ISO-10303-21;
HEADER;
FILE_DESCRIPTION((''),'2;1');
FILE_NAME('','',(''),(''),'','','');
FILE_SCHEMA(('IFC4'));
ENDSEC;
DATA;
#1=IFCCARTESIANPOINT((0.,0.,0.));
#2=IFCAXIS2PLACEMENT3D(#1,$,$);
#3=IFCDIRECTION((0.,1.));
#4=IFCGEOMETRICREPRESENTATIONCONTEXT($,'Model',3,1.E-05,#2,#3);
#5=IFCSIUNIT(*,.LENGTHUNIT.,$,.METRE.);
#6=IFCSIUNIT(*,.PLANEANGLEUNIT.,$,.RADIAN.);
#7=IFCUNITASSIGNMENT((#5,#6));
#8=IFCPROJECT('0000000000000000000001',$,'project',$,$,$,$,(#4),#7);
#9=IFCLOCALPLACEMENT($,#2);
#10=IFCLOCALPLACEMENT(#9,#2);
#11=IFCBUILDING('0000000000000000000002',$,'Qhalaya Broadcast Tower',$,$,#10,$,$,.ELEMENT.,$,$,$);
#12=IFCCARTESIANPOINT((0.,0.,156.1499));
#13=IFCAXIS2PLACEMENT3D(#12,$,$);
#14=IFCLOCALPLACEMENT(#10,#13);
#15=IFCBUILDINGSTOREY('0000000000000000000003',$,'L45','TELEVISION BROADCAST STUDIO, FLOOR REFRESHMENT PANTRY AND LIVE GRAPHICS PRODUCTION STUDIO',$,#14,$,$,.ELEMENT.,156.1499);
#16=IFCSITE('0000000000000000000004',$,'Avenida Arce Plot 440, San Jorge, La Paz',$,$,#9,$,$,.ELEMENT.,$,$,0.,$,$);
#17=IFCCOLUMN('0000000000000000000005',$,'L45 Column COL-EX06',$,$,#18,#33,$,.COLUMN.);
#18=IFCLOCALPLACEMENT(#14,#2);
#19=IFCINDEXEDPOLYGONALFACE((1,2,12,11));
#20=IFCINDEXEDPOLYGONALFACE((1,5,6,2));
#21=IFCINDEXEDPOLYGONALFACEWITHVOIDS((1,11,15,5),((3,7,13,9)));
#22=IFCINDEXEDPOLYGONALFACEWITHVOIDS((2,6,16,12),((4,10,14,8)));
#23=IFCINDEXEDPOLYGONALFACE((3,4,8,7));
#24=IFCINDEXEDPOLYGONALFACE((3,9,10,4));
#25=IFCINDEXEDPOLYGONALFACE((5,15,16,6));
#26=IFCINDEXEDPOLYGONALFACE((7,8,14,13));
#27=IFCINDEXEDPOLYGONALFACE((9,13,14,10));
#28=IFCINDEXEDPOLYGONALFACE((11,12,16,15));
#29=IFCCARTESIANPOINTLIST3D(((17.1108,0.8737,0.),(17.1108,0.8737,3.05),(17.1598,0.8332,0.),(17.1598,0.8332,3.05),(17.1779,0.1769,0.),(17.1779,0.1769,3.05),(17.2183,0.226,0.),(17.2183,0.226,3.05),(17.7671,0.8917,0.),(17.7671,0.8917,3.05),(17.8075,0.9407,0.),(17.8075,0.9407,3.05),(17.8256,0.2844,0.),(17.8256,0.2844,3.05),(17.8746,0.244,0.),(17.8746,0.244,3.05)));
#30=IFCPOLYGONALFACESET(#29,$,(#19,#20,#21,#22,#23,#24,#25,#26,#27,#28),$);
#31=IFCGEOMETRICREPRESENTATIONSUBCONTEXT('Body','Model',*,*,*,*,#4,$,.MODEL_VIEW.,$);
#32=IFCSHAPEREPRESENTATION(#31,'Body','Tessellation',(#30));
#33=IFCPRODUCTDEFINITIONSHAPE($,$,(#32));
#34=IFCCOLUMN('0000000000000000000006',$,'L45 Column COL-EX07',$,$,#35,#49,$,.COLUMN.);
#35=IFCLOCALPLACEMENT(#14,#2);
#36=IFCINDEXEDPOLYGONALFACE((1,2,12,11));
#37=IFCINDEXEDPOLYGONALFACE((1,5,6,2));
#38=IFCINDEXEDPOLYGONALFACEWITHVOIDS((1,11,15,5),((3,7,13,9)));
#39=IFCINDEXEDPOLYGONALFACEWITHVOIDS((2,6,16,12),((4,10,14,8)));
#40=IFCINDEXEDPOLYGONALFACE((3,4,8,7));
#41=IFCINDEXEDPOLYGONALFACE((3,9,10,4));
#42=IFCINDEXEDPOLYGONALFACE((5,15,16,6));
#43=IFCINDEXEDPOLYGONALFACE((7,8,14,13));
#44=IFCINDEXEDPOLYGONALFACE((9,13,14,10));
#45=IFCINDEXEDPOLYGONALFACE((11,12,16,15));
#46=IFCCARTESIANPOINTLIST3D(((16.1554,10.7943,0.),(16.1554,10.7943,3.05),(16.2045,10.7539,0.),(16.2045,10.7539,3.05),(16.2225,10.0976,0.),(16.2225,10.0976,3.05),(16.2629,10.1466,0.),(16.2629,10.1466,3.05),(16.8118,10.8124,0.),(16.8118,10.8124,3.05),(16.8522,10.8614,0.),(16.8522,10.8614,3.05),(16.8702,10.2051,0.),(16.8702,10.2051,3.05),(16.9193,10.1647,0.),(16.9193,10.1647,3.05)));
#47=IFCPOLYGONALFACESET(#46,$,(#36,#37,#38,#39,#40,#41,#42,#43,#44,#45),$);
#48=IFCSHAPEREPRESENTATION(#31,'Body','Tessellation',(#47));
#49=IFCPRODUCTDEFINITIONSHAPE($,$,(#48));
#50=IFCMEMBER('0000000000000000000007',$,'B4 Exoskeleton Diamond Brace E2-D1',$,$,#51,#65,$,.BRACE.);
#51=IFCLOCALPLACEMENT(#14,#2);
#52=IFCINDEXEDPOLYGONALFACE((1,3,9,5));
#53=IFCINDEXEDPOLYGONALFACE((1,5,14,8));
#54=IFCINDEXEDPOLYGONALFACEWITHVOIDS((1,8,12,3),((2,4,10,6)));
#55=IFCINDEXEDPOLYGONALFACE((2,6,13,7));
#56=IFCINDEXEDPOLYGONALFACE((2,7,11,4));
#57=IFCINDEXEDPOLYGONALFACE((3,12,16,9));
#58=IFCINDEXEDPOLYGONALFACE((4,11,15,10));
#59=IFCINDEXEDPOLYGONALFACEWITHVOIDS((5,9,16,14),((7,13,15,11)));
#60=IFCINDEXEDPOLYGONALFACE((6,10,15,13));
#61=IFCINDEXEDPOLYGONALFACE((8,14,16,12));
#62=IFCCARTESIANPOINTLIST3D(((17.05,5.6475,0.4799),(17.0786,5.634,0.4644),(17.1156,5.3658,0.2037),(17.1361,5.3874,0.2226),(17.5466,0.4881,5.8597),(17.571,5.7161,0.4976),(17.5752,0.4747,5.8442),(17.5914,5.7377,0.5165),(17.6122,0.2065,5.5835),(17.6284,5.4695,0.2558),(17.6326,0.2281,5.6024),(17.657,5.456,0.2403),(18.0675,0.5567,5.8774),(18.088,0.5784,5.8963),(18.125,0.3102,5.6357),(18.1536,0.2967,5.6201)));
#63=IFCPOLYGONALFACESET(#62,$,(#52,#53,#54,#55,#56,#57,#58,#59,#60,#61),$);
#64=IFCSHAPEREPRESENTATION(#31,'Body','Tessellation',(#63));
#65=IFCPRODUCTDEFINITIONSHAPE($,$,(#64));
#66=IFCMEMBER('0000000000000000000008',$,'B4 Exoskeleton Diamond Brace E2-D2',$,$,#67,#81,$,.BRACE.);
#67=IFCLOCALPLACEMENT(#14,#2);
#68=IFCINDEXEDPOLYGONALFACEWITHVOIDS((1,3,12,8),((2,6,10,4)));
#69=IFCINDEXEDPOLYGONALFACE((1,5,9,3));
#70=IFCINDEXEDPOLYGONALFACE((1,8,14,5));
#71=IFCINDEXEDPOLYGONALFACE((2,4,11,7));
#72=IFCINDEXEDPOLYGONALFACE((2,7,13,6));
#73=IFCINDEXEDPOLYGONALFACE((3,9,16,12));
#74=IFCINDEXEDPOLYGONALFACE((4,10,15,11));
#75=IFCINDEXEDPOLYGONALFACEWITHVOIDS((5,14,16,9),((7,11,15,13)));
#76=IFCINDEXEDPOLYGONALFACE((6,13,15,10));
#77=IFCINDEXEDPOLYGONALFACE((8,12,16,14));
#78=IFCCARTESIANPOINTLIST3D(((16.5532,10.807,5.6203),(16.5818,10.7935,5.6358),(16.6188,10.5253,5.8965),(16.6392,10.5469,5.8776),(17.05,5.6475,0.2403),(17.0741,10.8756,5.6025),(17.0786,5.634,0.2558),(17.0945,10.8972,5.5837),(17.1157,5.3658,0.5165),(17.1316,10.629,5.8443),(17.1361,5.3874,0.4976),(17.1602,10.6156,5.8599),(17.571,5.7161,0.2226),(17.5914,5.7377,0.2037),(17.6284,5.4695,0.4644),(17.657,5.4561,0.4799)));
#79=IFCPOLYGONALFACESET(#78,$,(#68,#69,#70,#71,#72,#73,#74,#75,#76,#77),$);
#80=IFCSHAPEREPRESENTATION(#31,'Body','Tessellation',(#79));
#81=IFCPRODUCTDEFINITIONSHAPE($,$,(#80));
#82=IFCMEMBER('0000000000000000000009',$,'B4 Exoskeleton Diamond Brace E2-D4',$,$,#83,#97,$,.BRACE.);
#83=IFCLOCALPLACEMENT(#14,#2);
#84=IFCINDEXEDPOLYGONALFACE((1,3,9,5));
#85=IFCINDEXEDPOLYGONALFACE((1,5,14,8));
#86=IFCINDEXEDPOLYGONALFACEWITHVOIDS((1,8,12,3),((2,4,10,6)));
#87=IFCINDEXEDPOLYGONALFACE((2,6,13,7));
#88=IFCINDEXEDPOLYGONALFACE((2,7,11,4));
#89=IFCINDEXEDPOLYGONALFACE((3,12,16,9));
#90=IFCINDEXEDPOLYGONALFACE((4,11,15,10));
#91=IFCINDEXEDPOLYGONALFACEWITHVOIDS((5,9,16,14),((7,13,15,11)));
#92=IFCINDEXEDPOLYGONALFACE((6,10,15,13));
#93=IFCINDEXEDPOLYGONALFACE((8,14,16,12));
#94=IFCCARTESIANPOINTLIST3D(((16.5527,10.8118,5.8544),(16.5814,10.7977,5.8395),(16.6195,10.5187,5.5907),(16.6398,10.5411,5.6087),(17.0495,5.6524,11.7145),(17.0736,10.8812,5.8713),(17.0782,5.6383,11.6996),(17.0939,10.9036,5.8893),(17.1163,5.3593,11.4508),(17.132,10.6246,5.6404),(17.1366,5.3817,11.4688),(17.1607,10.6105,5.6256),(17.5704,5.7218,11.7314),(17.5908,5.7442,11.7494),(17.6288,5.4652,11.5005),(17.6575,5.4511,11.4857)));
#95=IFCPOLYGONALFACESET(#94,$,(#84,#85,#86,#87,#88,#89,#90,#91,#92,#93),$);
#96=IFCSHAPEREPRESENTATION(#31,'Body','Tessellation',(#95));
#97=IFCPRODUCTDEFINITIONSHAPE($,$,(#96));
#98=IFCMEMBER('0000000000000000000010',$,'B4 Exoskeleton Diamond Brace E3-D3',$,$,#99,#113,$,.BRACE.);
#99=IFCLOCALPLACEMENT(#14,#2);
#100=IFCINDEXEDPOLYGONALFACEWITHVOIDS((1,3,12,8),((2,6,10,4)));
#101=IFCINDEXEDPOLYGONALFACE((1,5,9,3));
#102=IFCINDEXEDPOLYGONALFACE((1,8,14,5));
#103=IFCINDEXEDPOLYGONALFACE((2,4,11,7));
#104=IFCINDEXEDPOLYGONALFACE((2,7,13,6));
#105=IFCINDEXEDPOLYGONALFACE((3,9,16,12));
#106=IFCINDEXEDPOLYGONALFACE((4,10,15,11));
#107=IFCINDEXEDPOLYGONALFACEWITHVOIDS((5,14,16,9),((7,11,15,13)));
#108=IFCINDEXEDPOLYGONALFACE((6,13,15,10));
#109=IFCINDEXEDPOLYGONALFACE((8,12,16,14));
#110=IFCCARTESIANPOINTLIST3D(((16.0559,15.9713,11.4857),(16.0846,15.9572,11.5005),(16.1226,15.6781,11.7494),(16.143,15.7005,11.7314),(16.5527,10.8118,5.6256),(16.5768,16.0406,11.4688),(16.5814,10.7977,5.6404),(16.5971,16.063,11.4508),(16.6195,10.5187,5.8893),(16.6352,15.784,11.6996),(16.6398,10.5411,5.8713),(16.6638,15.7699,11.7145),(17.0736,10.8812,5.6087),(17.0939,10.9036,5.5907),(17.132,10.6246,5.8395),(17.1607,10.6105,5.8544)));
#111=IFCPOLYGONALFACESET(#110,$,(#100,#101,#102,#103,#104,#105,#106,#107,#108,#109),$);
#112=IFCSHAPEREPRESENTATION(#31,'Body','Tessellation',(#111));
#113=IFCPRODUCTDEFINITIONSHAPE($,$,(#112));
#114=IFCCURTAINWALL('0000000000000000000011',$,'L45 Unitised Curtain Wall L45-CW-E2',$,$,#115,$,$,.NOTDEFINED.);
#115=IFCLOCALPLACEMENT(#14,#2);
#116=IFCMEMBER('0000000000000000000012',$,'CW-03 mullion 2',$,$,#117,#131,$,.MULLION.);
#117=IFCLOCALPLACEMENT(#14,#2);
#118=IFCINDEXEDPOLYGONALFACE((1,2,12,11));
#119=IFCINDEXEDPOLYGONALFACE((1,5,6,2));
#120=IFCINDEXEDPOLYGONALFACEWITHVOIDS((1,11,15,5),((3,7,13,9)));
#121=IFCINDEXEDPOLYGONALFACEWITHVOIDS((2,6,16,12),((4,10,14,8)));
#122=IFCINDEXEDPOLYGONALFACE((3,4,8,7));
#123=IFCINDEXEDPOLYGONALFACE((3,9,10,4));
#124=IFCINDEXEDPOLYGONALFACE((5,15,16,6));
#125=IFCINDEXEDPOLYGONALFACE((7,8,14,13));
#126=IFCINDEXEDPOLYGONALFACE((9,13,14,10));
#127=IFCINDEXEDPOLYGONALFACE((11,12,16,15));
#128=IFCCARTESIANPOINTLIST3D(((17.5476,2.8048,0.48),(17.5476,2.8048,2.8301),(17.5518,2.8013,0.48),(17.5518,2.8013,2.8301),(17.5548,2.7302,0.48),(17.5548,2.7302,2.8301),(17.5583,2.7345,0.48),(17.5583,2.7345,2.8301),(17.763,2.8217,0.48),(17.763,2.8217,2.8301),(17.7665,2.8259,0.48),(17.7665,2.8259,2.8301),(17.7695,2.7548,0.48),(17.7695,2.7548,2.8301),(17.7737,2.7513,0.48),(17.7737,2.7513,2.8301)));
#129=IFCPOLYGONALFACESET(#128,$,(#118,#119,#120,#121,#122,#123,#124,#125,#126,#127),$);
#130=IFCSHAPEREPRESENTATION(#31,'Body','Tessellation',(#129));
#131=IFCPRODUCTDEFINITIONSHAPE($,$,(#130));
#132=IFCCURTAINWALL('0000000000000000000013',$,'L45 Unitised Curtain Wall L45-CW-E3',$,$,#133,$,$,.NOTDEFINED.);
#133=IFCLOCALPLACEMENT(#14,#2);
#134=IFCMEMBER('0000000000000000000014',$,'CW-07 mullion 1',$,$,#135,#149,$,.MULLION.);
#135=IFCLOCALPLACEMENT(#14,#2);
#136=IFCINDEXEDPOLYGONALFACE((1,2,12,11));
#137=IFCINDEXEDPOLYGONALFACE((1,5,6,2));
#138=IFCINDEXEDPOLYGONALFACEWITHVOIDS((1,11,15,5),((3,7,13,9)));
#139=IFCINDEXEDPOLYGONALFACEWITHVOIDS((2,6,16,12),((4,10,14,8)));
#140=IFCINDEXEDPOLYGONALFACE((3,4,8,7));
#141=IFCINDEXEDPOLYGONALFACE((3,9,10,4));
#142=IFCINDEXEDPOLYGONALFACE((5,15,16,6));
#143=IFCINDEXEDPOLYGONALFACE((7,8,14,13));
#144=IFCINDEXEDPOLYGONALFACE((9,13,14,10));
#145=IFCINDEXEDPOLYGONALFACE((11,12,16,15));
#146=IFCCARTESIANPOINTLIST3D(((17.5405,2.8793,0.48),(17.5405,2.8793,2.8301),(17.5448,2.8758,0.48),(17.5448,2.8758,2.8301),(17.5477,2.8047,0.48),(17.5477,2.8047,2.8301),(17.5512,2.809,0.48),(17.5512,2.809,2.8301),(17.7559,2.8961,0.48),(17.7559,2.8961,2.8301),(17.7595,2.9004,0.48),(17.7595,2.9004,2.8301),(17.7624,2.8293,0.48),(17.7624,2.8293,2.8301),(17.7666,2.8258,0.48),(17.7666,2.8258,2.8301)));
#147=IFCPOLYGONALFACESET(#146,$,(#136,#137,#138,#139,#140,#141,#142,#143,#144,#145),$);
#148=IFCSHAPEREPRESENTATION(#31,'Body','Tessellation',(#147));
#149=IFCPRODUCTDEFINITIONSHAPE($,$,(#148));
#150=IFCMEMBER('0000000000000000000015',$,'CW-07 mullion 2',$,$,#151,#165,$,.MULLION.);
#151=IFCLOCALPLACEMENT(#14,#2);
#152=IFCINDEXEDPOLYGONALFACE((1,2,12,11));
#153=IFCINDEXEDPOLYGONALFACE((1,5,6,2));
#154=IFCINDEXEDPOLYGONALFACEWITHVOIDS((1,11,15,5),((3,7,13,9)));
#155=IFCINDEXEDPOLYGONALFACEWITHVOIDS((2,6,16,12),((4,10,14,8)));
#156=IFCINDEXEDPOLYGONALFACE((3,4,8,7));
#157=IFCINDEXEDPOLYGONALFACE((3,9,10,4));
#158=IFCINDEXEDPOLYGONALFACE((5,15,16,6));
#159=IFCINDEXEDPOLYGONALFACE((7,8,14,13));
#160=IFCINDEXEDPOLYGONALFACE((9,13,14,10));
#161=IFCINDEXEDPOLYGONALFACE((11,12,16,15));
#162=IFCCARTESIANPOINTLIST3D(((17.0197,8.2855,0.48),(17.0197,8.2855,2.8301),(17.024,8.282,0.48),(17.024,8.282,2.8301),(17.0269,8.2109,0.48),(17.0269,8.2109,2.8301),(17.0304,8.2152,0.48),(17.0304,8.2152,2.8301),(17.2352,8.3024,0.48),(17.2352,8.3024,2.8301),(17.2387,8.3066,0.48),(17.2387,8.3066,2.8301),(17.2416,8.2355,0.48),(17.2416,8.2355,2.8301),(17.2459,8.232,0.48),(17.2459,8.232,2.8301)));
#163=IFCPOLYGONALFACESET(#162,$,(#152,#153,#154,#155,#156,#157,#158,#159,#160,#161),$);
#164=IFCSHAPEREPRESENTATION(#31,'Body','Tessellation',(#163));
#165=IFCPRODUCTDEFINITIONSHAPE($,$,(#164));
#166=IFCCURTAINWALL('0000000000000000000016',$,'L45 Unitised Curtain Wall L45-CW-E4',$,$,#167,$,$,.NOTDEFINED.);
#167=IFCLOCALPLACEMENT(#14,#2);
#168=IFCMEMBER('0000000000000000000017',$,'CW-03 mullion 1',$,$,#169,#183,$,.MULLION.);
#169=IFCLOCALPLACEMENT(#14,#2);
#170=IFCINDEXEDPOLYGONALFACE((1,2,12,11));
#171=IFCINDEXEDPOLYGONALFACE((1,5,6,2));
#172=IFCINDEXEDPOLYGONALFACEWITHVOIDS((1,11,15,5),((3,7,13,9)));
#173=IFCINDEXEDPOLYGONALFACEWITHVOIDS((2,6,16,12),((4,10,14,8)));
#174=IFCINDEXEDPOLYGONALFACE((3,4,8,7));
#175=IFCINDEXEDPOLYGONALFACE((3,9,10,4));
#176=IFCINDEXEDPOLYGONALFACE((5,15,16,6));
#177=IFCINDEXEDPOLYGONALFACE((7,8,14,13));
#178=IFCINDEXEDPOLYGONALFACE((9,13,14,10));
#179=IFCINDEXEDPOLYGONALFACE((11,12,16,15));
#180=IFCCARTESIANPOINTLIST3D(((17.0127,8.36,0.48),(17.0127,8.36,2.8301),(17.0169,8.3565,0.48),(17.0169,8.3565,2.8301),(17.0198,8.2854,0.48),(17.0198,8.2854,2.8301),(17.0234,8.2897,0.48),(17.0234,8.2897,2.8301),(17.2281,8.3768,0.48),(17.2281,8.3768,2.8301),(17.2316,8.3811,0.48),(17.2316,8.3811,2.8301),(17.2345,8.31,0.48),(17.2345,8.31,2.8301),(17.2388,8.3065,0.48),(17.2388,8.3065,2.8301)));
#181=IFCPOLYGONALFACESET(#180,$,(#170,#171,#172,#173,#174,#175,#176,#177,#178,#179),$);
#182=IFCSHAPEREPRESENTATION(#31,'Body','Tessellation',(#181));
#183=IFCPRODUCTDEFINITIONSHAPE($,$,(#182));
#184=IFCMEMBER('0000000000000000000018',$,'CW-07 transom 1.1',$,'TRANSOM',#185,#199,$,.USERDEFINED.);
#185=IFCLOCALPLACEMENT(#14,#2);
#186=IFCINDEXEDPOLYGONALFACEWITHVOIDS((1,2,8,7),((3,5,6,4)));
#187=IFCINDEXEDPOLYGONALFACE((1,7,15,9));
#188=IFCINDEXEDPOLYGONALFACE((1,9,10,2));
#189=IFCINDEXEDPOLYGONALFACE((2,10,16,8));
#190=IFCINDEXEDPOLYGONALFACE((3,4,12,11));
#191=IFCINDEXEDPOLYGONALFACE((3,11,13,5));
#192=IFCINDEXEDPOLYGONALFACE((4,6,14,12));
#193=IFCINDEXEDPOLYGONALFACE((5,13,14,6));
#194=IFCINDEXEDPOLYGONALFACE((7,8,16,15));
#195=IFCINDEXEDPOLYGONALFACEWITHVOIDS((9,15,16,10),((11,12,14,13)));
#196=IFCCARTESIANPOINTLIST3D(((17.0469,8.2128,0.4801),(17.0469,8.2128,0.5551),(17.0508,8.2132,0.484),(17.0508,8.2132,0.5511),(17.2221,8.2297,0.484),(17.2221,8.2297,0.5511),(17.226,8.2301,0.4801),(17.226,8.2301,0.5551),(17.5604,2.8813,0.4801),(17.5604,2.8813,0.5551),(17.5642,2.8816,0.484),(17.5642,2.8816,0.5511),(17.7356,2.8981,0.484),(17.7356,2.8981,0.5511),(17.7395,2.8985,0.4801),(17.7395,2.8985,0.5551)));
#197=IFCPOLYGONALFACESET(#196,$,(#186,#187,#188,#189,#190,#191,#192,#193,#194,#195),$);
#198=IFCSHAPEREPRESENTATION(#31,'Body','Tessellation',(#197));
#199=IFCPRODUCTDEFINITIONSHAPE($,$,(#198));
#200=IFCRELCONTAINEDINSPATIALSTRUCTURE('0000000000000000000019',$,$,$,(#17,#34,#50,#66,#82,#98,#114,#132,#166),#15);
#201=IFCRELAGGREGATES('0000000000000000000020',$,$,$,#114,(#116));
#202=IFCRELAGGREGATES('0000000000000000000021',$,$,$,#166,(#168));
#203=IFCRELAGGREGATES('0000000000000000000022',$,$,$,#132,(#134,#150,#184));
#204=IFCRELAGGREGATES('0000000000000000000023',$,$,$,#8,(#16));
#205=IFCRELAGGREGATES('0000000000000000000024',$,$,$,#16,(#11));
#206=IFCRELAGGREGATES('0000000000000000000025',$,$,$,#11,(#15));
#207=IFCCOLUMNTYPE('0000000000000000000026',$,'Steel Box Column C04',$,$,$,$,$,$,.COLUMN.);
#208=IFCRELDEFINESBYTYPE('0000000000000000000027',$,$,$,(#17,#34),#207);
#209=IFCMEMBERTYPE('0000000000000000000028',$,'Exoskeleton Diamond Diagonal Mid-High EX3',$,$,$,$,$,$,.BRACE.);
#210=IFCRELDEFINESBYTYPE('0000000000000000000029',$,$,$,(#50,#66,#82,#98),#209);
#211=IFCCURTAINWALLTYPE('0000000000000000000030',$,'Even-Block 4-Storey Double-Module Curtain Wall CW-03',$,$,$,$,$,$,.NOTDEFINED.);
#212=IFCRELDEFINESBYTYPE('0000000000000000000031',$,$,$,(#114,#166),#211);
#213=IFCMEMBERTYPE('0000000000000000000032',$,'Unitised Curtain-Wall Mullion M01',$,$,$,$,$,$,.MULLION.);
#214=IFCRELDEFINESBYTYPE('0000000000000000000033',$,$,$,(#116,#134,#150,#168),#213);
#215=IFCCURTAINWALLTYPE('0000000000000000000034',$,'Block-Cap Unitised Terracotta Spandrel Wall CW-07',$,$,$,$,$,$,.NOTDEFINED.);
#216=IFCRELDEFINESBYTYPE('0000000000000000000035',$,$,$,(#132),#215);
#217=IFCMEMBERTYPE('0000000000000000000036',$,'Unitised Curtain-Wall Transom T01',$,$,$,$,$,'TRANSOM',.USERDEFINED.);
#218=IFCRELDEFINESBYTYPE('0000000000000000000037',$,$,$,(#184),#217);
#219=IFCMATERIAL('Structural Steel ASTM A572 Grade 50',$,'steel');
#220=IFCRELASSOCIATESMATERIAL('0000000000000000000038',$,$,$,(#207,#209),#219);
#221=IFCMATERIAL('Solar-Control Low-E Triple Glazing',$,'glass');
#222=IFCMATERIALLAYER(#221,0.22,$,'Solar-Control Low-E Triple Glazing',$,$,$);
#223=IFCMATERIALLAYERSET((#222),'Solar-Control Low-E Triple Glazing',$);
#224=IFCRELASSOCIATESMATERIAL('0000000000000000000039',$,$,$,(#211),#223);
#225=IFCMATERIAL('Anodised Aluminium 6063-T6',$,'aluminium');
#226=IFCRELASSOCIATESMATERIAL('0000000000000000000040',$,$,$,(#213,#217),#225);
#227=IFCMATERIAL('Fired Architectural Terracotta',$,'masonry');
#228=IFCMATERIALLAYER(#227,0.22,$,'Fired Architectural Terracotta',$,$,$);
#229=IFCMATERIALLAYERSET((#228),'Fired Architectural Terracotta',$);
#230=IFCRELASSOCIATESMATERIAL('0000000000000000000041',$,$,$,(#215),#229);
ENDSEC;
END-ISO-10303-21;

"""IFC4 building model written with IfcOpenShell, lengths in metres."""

from ifc_helpers import new_model, si_unit, direction, frame, origin, origin_2d, place, context, subcontext, project, spatial, hollow_rectangle, extrude, material, layer, layer_set, material_profile, profile_set, type_object, element, aggregate, save


model = new_model("IFC4")

# Units and contexts
model_context = context("Model", 3, precision=1e-05, world=origin(), true_north=direction((0.0, 1.0)))
body_context = subcontext(model_context, "Body", "Model", "MODEL_VIEW")
ifc_project = project(units=[si_unit("LENGTHUNIT", "METRE"), si_unit("PLANEANGLEUNIT", "RADIAN")], contexts=[model_context])

# Site, building, storey
site_placement = place(None, origin())
site = spatial("IfcSite", under=ifc_project, at=site_placement, Name="Avenida Arce Plot 440, San Jorge, La Paz", CompositionType="ELEMENT", RefElevation=0.0)
building_placement = place(site_placement, origin())
building = spatial("IfcBuilding", under=site, at=building_placement, Name="Qhalaya Broadcast Tower", CompositionType="ELEMENT")
storey_placement = place(building_placement, frame((0.0, 0.0, 156.1499)))
storey = spatial("IfcBuildingStorey", under=building, at=storey_placement, Name="L45", Description="TELEVISION BROADCAST STUDIO, FLOOR REFRESHMENT PANTRY AND LIVE GRAPHICS PRODUCTION STUDIO", CompositionType="ELEMENT", Elevation=156.1499)

# Columns
ifc_material_1 = material(Name="Structural Steel ASTM A572 Grade 50", Category="steel")
ifc_material_profile_1 = material_profile(ifc_material_1, hollow_rectangle(XDim=0.7, YDim=0.7, WallThickness=0.0449, at=origin_2d()), Name="BOX 700x700x45")
ifc_profile_set_1 = profile_set([ifc_material_profile_1], Name="Structural Steel ASTM A572 Grade 50")
column_type = type_object("IfcColumnType", Name="Steel Box Column C04", PredefinedType="COLUMN", material=ifc_profile_set_1)
for number, where, z_axis, x_axis, name in (
    (1, (17.4927, 0.5588, 0.0), (0.0, 0.0, 1.0), (-0.095846, 0.995396, 0.0), "L45 Column COL-EX06"),
    (2, (16.5374, 10.4795, 0.0), (0.0, 0.0, 1.0), (-0.095846, 0.995396, 0.0), "L45 Column COL-EX07"),
):
    element("IfcColumn", number, at=place(storey_placement, frame(where, z_axis=z_axis, x_axis=x_axis)), inside=storey, type_object=column_type, Name=name, PredefinedType="COLUMN", context=body_context, shape_type="SweptSolid", body=[
        extrude(hollow_rectangle(XDim=0.7, YDim=0.7, WallThickness=0.0449, at=origin_2d()), origin(), (0.0, 0.0, 1.0), 3.05),
    ])

# Members
ifc_material_profile_2 = material_profile(ifc_material_1, hollow_rectangle(XDim=0.3999, YDim=0.55, WallThickness=0.0249, at=origin_2d()), Name="BOX 400x550x25")
ifc_profile_set_2 = profile_set([ifc_material_profile_2], Name="Structural Steel ASTM A572 Grade 50")
member_type_1 = type_object("IfcMemberType", Name="Exoskeleton Diamond Diagonal Mid-High EX3", PredefinedType="BRACE", material=ifc_profile_set_2)
member_1_placement = place(storey_placement, frame((17.3535, 5.5518, 0.3601), z_axis=(0.066472, -0.690633, 0.720144), x_axis=(-0.164081, 0.704349, 0.690631)))
element("IfcMember", 3, at=member_1_placement, inside=storey, type_object=member_type_1, Name="B4 Exoskeleton Diamond Brace E2-D1", PredefinedType="BRACE", context=body_context, shape_type="SweptSolid", body=[
    extrude(hollow_rectangle(XDim=0.3999, YDim=0.55, WallThickness=0.0249, at=origin_2d()), origin(), (0.0, 0.0, 1.0), 7.4705),
])
member_2_placement = place(storey_placement, frame((17.3535, 5.5518, 0.3601), z_axis=(-0.066504, 0.690632, 0.720142), x_axis=(0.164113, -0.704339, 0.690632)))
element("IfcMember", 4, at=member_2_placement, inside=storey, type_object=member_type_1, Name="B4 Exoskeleton Diamond Brace E2-D2", PredefinedType="BRACE", context=body_context, shape_type="SweptSolid", body=[
    extrude(hollow_rectangle(XDim=0.3999, YDim=0.55, WallThickness=0.0249, at=origin_2d()), origin(), (0.0, 0.0, 1.0), 7.4707),
])
for number, where, z_axis, x_axis, name in (
    (5, (16.8567, 10.7112, 5.74), (0.063504, -0.659477, 0.749038), (-0.16687, 0.73297, 0.659477), "B4 Exoskeleton Diamond Brace E2-D4"),
    (6, (16.8567, 10.7112, 5.74), (-0.063504, 0.659477, 0.749038), (0.16687, -0.73297, 0.659477), "B4 Exoskeleton Diamond Brace E3-D3"),
):
    element("IfcMember", number, at=place(storey_placement, frame(where, z_axis=z_axis, x_axis=x_axis)), inside=storey, type_object=member_type_1, Name=name, PredefinedType="BRACE", context=body_context, shape_type="SweptSolid", body=[
        extrude(hollow_rectangle(XDim=0.3999, YDim=0.55, WallThickness=0.0249, at=origin_2d()), origin(), (0.0, 0.0, 1.0), 7.8235),
    ])

# Curtain wall, member
ifc_material_2 = material(Name="Solar-Control Low-E Triple Glazing", Category="glass")
ifc_layer_1 = layer(ifc_material_2, 0.22, Name="Solar-Control Low-E Triple Glazing")
ifc_layer_set_1 = layer_set([ifc_layer_1], Name="Solar-Control Low-E Triple Glazing")
curtain_wall_type_1 = type_object("IfcCurtainWallType", Name="Even-Block 4-Storey Double-Module Curtain Wall CW-03", PredefinedType="NOTDEFINED", material=ifc_layer_set_1)
curtain_wall_1_placement = place(storey_placement, origin())
curtain_wall_1 = element("IfcCurtainWall", 7, at=curtain_wall_1_placement, inside=storey, type_object=curtain_wall_type_1, Name="L45 Unitised Curtain Wall L45-CW-E2", PredefinedType="NOTDEFINED")
ifc_material_3 = material(Name="Anodised Aluminium 6063-T6", Category="aluminium")
ifc_material_profile_3 = material_profile(ifc_material_3, hollow_rectangle(XDim=0.075, YDim=0.22, WallThickness=0.0039, at=origin_2d()), Name="ALU-MUL 75x220x4")
ifc_profile_set_3 = profile_set([ifc_material_profile_3], Name="Anodised Aluminium 6063-T6")
member_type_2 = type_object("IfcMemberType", Name="Unitised Curtain-Wall Mullion M01", PredefinedType="MULLION", material=ifc_profile_set_3)
member_3_placement = place(storey_placement, frame((17.6606, 2.7781, 0.48), z_axis=(0.0, 0.0, 1.0), x_axis=(-0.095845, 0.995396, 0.0)))
member_3 = element("IfcMember", 8, at=member_3_placement, type_object=member_type_2, Name="CW-03 mullion 2", PredefinedType="MULLION", context=body_context, shape_type="SweptSolid", body=[
    extrude(hollow_rectangle(XDim=0.075, YDim=0.22, WallThickness=0.0039, at=origin_2d()), origin(), (0.0, 0.0, 1.0), 2.3501),
])
aggregate(curtain_wall_1, [member_3])

# Curtain wall, members
ifc_material_4 = material(Name="Fired Architectural Terracotta", Category="masonry")
ifc_layer_2 = layer(ifc_material_4, 0.22, Name="Fired Architectural Terracotta")
ifc_layer_set_2 = layer_set([ifc_layer_2], Name="Fired Architectural Terracotta")
curtain_wall_type_2 = type_object("IfcCurtainWallType", Name="Block-Cap Unitised Terracotta Spandrel Wall CW-07", PredefinedType="NOTDEFINED", material=ifc_layer_set_2)
curtain_wall_2_placement = place(storey_placement, origin())
curtain_wall_2 = element("IfcCurtainWall", 9, at=curtain_wall_2_placement, inside=storey, type_object=curtain_wall_type_2, Name="L45 Unitised Curtain Wall L45-CW-E3", PredefinedType="NOTDEFINED")
member_4_placement = place(storey_placement, frame((17.6536, 2.8525, 0.48), z_axis=(0.0, 0.0, 1.0), x_axis=(-0.095858, 0.995395, 0.0)))
member_4 = element("IfcMember", 10, at=member_4_placement, type_object=member_type_2, Name="CW-07 mullion 1", PredefinedType="MULLION", context=body_context, shape_type="SweptSolid", body=[
    extrude(hollow_rectangle(XDim=0.075, YDim=0.22, WallThickness=0.0039, at=origin_2d()), origin(), (0.0, 0.0, 1.0), 2.3501),
])
member_5_placement = place(storey_placement, frame((17.1328, 8.2588, 0.48), z_axis=(0.0, 0.0, 1.0), x_axis=(-0.095858, 0.995395, 0.0)))
member_5 = element("IfcMember", 11, at=member_5_placement, type_object=member_type_2, Name="CW-07 mullion 2", PredefinedType="MULLION", context=body_context, shape_type="SweptSolid", body=[
    extrude(hollow_rectangle(XDim=0.075, YDim=0.22, WallThickness=0.0039, at=origin_2d()), origin(), (0.0, 0.0, 1.0), 2.3501),
])

# Curtain wall, member
curtain_wall_3_placement = place(storey_placement, origin())
curtain_wall_3 = element("IfcCurtainWall", 12, at=curtain_wall_3_placement, inside=storey, type_object=curtain_wall_type_1, Name="L45 Unitised Curtain Wall L45-CW-E4", PredefinedType="NOTDEFINED")
member_6_placement = place(storey_placement, frame((17.1257, 8.3333, 0.48), z_axis=(0.0, 0.0, 1.0), x_axis=(-0.095845, 0.995396, 0.0)))
member_6 = element("IfcMember", 13, at=member_6_placement, type_object=member_type_2, Name="CW-03 mullion 1", PredefinedType="MULLION", context=body_context, shape_type="SweptSolid", body=[
    extrude(hollow_rectangle(XDim=0.075, YDim=0.22, WallThickness=0.0039, at=origin_2d()), origin(), (0.0, 0.0, 1.0), 2.3501),
])

# Member
ifc_material_profile_4 = material_profile(ifc_material_3, hollow_rectangle(XDim=0.075, YDim=0.1799, WallThickness=0.0039, at=origin_2d()), Name="ALU-TRN 75x180x4")
ifc_profile_set_4 = profile_set([ifc_material_profile_4], Name="Anodised Aluminium 6063-T6")
member_type_3 = type_object("IfcMemberType", Name="Unitised Curtain-Wall Transom T01", ElementType="TRANSOM", PredefinedType="USERDEFINED", material=ifc_profile_set_4)
member_7_placement = place(storey_placement, frame((17.6499, 2.8899, 0.5176), z_axis=(-0.095857, 0.995395, 0.0), x_axis=(0.0, 0.0, 1.0)))
member_7 = element("IfcMember", 14, at=member_7_placement, type_object=member_type_3, Name="CW-07 transom 1.1", ObjectType="TRANSOM", PredefinedType="USERDEFINED", context=body_context, shape_type="SweptSolid", body=[
    extrude(hollow_rectangle(XDim=0.075, YDim=0.1799, WallThickness=0.0039, at=origin_2d()), origin(), (0.0, 0.0, 1.0), 5.3562),
])
aggregate(curtain_wall_3, [member_6])

aggregate(curtain_wall_2, [member_4, member_5, member_7])

save(model, "model.ifc")
